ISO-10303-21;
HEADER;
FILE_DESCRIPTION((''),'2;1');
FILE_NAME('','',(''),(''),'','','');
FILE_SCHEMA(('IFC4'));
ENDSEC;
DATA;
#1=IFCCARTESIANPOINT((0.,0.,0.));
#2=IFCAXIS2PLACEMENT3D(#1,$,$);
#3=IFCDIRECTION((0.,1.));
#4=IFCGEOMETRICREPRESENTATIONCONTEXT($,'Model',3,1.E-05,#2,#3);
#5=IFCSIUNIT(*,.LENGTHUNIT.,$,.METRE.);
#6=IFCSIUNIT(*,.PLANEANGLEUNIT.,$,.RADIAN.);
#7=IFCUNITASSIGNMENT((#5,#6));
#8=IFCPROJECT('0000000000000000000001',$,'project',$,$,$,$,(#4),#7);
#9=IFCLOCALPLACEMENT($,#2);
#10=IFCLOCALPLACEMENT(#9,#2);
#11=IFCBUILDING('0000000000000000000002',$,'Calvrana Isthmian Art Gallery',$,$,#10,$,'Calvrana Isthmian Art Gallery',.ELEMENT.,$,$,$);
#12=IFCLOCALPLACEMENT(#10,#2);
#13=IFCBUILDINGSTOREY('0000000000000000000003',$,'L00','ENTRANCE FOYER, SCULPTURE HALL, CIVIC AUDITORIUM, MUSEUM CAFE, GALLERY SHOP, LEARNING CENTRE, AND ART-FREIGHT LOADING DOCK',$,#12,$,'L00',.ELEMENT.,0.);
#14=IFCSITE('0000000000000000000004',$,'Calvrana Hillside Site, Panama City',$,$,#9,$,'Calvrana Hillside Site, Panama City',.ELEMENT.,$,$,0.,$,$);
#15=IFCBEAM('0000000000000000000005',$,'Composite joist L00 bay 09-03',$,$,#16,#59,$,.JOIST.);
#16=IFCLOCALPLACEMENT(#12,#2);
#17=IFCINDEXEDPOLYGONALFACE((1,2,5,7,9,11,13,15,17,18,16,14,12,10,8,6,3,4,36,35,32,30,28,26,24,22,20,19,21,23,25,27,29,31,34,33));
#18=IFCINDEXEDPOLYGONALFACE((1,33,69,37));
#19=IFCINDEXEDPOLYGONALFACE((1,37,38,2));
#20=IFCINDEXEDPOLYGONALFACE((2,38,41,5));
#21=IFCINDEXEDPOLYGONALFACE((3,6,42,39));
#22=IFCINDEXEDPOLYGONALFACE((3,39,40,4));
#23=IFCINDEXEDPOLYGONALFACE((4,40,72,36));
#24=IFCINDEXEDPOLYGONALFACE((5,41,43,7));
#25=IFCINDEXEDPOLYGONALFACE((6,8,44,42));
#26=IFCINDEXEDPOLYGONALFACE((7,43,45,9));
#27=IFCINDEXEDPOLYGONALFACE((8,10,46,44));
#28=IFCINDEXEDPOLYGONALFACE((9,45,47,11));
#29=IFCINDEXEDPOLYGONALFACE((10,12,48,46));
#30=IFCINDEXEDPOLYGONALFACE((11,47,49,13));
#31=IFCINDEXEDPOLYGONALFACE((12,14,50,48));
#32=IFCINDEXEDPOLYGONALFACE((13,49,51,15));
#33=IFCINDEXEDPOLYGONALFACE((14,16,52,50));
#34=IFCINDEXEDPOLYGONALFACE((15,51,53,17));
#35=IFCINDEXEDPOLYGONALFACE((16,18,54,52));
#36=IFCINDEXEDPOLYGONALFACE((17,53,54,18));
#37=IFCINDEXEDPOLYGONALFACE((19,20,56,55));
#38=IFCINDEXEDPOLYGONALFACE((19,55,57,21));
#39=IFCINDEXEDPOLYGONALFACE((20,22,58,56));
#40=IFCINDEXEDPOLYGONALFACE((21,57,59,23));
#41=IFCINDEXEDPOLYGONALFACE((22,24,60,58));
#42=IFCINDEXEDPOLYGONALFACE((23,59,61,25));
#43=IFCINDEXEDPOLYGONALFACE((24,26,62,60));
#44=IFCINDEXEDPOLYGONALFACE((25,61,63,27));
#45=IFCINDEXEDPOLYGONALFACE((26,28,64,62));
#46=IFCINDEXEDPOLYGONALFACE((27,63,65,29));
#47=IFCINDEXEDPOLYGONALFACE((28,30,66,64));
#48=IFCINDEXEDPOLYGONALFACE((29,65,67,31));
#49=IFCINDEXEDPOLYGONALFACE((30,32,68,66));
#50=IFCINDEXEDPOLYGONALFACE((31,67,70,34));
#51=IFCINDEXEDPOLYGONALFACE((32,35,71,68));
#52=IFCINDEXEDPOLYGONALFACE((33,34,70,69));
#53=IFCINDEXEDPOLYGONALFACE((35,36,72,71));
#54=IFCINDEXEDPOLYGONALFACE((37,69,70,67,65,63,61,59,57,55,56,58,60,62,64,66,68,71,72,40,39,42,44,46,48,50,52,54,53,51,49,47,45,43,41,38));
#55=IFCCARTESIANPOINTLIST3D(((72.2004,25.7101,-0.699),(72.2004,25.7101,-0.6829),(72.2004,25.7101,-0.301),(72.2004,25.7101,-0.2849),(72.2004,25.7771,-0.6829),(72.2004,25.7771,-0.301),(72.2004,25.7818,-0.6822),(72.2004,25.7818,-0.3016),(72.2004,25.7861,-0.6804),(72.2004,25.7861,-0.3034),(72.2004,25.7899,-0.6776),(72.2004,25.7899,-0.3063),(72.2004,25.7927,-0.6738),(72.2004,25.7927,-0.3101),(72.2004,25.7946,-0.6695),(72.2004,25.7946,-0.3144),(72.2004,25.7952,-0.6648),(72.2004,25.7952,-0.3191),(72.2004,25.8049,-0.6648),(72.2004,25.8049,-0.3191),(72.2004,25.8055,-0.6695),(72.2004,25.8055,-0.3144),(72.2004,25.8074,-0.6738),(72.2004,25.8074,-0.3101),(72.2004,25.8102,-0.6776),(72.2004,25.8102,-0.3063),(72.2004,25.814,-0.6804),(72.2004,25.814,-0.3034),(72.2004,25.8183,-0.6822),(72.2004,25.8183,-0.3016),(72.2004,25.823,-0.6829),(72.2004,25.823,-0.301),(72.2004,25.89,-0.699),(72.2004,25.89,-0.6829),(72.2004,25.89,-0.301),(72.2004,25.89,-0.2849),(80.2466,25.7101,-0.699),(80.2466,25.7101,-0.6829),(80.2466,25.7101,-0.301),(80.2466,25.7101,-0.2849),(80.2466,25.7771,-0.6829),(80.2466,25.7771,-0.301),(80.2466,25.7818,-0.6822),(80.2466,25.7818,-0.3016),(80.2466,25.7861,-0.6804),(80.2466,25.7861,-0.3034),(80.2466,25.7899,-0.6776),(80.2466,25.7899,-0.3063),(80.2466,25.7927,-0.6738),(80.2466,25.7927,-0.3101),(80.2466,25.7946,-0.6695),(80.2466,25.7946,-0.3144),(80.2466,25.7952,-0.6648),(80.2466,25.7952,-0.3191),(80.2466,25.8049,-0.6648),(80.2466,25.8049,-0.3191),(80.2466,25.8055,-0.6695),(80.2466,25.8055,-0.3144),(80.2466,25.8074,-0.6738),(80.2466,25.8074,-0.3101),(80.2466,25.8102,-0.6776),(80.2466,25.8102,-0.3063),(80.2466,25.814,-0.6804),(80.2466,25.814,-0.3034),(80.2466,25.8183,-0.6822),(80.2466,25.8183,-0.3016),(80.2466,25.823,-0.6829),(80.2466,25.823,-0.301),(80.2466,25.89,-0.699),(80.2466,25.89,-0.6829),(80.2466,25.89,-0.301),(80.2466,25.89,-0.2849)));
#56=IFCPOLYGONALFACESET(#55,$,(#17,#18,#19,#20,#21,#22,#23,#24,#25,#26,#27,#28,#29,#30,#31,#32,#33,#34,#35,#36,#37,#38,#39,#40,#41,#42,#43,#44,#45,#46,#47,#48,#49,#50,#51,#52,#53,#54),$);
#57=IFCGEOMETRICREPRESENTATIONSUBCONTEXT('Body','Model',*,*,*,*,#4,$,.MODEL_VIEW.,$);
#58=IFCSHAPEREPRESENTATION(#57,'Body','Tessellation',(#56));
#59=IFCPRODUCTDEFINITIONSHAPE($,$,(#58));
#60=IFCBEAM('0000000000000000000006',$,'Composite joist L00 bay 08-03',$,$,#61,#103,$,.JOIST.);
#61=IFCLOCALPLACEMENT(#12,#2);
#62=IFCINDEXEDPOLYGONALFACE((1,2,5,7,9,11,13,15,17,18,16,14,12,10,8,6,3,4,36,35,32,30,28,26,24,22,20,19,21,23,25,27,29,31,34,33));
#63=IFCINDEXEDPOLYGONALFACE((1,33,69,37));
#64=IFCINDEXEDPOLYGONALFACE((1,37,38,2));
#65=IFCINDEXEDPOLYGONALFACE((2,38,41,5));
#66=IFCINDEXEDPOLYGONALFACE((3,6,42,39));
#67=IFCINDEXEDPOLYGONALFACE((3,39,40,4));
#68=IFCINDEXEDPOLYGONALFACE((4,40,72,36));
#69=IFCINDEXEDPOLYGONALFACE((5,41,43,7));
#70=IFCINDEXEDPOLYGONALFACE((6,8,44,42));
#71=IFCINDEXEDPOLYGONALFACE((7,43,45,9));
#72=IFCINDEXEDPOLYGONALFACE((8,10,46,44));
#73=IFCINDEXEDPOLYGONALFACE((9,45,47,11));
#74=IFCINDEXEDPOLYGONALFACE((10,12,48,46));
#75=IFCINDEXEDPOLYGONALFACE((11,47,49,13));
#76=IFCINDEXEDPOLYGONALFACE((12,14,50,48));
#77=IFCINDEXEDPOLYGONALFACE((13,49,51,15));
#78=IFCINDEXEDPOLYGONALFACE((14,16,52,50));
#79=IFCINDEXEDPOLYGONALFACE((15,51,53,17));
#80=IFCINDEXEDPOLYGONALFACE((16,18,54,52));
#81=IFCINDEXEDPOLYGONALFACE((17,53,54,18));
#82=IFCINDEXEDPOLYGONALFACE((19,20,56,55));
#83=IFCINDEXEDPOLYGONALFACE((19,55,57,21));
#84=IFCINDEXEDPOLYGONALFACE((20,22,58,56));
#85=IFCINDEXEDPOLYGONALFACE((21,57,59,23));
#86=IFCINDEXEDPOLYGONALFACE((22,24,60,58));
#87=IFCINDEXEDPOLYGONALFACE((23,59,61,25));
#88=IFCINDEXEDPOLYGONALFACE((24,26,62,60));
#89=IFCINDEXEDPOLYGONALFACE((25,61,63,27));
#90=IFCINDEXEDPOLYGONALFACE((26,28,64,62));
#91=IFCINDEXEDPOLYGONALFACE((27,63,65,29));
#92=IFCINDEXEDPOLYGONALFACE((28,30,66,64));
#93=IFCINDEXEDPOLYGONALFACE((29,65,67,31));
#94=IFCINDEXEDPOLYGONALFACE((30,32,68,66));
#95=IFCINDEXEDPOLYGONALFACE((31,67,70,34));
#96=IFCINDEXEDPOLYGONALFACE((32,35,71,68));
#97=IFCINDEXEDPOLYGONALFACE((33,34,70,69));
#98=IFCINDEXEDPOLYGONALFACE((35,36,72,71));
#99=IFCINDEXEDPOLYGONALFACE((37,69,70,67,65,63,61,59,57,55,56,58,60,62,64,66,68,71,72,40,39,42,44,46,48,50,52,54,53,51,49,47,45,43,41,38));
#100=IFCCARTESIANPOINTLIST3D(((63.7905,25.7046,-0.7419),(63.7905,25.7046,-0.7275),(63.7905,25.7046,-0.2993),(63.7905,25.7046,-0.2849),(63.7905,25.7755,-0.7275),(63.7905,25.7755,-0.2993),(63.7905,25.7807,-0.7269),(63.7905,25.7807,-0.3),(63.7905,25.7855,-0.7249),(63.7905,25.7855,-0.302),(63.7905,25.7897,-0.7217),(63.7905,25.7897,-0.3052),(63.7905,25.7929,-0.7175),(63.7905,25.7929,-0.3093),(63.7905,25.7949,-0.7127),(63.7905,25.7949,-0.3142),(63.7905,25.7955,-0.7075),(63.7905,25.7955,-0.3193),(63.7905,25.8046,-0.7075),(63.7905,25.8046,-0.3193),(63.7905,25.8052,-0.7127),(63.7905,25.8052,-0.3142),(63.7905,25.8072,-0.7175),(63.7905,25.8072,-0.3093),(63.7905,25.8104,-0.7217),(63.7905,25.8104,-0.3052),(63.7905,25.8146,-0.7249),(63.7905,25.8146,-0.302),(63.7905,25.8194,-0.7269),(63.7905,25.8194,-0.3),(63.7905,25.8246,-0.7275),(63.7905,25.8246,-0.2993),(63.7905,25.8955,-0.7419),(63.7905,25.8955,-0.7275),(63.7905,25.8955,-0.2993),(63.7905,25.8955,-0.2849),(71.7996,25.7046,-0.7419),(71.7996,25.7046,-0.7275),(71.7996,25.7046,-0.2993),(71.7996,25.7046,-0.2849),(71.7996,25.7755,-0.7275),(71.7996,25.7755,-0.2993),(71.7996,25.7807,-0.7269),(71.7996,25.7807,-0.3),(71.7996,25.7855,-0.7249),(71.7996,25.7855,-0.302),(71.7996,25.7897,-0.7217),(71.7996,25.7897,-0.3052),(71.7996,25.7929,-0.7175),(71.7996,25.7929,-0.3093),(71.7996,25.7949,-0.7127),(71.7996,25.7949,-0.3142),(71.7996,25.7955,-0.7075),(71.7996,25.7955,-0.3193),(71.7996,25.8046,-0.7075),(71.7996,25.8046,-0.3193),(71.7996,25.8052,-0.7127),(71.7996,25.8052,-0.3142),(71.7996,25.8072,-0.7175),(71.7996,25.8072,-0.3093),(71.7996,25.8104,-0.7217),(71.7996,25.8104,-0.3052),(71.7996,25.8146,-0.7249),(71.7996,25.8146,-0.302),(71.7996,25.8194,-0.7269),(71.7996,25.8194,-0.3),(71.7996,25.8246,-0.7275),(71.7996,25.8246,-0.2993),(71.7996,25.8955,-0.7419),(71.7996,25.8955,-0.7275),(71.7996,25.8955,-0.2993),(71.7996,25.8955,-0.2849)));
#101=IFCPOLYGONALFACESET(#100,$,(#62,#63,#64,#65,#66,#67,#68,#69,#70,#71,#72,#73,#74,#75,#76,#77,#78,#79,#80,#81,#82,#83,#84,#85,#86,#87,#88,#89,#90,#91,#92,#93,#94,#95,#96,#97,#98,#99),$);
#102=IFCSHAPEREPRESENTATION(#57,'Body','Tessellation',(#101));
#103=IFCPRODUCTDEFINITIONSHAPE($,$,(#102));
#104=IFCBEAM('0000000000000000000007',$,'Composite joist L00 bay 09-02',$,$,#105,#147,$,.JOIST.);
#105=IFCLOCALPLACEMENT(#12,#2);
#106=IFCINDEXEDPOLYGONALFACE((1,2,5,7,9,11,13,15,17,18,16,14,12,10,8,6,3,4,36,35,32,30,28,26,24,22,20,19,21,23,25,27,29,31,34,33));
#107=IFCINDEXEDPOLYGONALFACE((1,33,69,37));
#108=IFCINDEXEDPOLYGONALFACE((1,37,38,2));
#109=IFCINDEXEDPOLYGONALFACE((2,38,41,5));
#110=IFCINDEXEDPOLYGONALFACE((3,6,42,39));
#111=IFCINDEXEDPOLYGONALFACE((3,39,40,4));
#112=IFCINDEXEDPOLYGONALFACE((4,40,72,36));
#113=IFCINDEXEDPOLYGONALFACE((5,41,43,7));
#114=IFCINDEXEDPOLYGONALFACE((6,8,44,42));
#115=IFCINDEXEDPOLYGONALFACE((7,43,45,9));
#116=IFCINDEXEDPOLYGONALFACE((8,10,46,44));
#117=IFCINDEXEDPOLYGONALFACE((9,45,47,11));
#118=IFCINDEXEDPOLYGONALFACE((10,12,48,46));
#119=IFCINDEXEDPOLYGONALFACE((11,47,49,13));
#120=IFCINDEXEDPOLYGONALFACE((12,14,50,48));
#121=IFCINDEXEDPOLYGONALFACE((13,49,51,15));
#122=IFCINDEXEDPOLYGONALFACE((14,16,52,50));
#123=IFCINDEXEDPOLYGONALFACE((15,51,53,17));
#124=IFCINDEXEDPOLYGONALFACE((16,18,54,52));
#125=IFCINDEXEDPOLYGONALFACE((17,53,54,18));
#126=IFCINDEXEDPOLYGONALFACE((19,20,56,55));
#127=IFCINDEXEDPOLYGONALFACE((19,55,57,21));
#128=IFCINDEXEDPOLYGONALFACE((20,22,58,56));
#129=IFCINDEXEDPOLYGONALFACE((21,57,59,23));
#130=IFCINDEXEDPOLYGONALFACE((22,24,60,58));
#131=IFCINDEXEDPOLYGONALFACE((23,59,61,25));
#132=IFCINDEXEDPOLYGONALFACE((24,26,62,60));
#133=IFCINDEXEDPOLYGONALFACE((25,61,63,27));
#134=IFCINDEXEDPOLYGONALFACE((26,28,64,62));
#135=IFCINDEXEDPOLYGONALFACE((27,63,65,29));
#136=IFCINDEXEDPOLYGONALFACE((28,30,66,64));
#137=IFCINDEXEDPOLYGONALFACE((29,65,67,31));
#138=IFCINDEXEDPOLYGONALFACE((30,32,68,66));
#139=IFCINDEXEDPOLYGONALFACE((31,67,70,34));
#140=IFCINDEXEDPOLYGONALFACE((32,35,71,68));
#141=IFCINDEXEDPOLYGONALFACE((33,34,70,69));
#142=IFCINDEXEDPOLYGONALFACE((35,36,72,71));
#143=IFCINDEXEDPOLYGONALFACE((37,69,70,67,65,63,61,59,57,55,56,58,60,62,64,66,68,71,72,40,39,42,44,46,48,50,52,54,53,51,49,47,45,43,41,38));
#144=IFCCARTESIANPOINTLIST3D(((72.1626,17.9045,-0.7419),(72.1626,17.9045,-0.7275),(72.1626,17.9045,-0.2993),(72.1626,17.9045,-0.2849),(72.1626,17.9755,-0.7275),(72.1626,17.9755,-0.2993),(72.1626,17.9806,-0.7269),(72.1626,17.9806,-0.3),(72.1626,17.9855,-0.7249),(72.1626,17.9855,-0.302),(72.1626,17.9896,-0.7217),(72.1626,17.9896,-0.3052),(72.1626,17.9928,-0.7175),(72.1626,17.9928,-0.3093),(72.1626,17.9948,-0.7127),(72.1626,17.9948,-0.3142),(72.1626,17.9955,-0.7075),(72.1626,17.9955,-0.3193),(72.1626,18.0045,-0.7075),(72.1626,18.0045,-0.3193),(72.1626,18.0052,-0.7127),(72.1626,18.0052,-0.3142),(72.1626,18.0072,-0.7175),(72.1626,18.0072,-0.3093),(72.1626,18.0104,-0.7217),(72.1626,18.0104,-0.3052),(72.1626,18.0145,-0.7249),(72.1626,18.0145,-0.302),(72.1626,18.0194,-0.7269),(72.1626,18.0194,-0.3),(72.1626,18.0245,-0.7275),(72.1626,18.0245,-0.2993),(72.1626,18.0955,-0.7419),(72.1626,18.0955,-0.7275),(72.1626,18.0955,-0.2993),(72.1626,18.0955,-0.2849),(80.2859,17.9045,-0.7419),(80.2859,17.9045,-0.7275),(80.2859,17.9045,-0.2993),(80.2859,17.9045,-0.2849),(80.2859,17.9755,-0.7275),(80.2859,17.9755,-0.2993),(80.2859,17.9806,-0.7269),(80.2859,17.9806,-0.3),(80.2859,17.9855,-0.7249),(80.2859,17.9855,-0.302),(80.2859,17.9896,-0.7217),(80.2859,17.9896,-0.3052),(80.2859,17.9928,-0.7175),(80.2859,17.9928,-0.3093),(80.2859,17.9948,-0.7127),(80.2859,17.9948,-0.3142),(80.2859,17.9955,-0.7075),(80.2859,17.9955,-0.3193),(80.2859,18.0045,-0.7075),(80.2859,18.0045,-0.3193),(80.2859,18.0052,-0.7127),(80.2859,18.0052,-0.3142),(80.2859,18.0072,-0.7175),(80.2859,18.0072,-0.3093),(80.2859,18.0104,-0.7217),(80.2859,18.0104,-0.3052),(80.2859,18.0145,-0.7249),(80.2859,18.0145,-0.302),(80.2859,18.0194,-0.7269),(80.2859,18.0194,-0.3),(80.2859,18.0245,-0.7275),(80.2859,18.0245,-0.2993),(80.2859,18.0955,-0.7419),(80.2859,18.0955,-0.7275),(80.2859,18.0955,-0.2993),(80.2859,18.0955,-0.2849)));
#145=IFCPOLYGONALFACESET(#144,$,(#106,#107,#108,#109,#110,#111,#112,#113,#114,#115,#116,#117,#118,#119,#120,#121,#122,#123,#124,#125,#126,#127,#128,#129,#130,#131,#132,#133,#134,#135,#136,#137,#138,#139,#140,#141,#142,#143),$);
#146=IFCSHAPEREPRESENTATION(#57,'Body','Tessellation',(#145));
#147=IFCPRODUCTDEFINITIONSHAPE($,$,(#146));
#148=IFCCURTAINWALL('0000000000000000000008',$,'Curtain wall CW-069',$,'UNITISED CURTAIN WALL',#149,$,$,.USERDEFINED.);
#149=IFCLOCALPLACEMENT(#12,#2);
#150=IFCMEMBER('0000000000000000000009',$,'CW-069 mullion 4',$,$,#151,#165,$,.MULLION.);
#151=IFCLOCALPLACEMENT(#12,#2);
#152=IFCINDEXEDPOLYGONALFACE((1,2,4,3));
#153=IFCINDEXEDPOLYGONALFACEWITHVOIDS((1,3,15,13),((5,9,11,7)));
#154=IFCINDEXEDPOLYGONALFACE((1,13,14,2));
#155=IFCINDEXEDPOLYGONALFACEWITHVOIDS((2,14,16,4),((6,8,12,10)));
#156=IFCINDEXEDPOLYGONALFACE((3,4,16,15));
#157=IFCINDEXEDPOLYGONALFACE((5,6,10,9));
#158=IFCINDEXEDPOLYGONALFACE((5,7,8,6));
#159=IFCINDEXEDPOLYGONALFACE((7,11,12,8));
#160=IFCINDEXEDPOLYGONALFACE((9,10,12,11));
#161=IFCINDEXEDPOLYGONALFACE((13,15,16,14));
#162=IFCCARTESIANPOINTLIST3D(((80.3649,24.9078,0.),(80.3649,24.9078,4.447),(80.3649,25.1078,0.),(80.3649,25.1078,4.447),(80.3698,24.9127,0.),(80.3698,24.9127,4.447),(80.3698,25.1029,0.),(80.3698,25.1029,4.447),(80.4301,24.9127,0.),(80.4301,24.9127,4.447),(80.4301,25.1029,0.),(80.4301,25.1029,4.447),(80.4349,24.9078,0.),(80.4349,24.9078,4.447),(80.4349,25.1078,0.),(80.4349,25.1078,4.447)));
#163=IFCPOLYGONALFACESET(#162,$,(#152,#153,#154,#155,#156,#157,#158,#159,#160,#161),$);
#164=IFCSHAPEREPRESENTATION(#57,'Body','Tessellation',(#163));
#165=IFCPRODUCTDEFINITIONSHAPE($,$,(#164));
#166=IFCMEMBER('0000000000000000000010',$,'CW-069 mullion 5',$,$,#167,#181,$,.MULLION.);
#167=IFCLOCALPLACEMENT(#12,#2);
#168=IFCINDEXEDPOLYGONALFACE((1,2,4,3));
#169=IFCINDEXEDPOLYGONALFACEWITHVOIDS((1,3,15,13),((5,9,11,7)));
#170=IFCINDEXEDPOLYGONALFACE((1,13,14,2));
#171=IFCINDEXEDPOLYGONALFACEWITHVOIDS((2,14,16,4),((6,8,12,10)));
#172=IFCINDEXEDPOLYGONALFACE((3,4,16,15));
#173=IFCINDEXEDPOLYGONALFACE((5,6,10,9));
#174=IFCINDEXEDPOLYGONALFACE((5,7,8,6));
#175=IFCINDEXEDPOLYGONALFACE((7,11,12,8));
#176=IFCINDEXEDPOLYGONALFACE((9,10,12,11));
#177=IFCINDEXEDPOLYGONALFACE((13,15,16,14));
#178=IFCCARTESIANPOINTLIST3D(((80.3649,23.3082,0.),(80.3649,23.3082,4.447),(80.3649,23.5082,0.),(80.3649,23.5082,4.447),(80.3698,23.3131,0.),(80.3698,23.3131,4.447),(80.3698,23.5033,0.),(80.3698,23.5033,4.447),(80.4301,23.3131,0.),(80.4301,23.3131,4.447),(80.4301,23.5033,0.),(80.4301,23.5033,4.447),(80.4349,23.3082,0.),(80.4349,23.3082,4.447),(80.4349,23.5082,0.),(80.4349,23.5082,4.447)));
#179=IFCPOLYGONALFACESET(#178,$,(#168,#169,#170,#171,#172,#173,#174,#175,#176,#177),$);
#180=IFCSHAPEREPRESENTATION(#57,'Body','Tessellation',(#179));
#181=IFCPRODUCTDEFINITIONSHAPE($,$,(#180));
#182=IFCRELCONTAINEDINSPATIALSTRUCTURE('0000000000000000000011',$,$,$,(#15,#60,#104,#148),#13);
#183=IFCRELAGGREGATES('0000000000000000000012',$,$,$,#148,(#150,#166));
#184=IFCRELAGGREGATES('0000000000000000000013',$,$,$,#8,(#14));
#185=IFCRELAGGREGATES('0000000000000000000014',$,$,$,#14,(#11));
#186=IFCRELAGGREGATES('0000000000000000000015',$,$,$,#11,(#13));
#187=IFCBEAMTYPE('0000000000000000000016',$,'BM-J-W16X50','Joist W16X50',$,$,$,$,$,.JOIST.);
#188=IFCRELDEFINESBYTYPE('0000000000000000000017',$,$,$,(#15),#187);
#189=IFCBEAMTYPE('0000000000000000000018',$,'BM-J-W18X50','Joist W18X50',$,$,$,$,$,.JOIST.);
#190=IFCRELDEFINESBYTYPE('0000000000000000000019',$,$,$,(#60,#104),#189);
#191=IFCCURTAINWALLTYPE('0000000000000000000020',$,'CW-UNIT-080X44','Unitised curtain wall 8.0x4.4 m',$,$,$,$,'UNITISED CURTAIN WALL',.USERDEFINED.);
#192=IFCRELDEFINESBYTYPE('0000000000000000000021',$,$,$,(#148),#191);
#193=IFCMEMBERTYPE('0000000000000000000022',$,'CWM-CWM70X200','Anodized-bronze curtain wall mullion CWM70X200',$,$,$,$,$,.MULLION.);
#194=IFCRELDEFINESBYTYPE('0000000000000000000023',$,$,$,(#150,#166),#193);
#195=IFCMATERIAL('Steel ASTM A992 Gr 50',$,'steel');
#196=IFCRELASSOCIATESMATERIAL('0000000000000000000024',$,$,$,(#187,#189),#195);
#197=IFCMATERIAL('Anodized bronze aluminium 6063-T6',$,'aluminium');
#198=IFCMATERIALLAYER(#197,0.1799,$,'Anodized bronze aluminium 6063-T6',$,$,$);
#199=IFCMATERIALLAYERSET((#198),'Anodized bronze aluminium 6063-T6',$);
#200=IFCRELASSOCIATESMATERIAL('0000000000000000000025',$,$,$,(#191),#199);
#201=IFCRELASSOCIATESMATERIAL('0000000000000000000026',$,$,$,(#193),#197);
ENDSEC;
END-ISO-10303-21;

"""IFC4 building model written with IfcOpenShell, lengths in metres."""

from ifc_helpers import new_model, si_unit, direction, frame, origin, origin_2d, place, context, subcontext, project, spatial, hollow_rectangle, i_section, extrude, material, layer, layer_set, material_profile, profile_set, type_object, element, aggregate, save


model = new_model("IFC4")

# Units and contexts
model_context = context("Model", 3, precision=1e-05, world=origin(), true_north=direction((0.0, 1.0)))
body_context = subcontext(model_context, "Body", "Model", "MODEL_VIEW")
ifc_project = project(units=[si_unit("LENGTHUNIT", "METRE"), si_unit("PLANEANGLEUNIT", "RADIAN")], contexts=[model_context])

# Site, building, storey
site_placement = place(None, origin())
site = spatial("IfcSite", under=ifc_project, at=site_placement, Name="Calvrana Hillside Site, Panama City", LongName="Calvrana Hillside Site, Panama City", CompositionType="ELEMENT", RefElevation=0.0)
building_placement = place(site_placement, origin())
building = spatial("IfcBuilding", under=site, at=building_placement, Name="Calvrana Isthmian Art Gallery", LongName="Calvrana Isthmian Art Gallery", CompositionType="ELEMENT")
storey_placement = place(building_placement, origin())
storey = spatial("IfcBuildingStorey", under=building, at=storey_placement, Name="L00", Description="ENTRANCE FOYER, SCULPTURE HALL, CIVIC AUDITORIUM, MUSEUM CAFE, GALLERY SHOP, LEARNING CENTRE, AND ART-FREIGHT LOADING DOCK", LongName="L00", CompositionType="ELEMENT", Elevation=0.0)

# Shared definitions
ifc_material_1 = material(Name="Steel ASTM A992 Gr 50", Category="steel")

# Beams
ifc_material_profile_1 = material_profile(ifc_material_1, i_section(OverallWidth=0.1799, OverallDepth=0.4141, WebThickness=0.0098, FlangeThickness=0.0161, FilletRadius=0.0181, at=origin_2d()), Name="W16X50")
ifc_profile_set_1 = profile_set([ifc_material_profile_1], Name="Steel ASTM A992 Gr 50")
beam_type_1 = type_object("IfcBeamType", Name="BM-J-W16X50", Description="Joist W16X50", PredefinedType="JOIST", material=ifc_profile_set_1)
beam_1_placement = place(storey_placement, frame((72.2004, 25.8, -0.4919), z_axis=(1.0, 0.0, 0.0), x_axis=(0.0, 1.0, 0.0)))
element("IfcBeam", 1, at=beam_1_placement, inside=storey, type_object=beam_type_1, Name="Composite joist L00 bay 09-03", PredefinedType="JOIST", context=body_context, shape_type="SweptSolid", body=[
    extrude(i_section(OverallWidth=0.1799, OverallDepth=0.4141, WebThickness=0.0098, FlangeThickness=0.0161, FilletRadius=0.0181, at=origin_2d()), origin(), (0.0, 0.0, 1.0), 8.0461),
])
ifc_material_profile_2 = material_profile(ifc_material_1, i_section(OverallWidth=0.1909, OverallDepth=0.457, WebThickness=0.009, FlangeThickness=0.0144, FilletRadius=0.02, at=origin_2d()), Name="W18X50")
ifc_profile_set_2 = profile_set([ifc_material_profile_2], Name="Steel ASTM A992 Gr 50")
beam_type_2 = type_object("IfcBeamType", Name="BM-J-W18X50", Description="Joist W18X50", PredefinedType="JOIST", material=ifc_profile_set_2)
beam_2_placement = place(storey_placement, frame((63.7905, 25.8, -0.5134), z_axis=(1.0, 0.0, 0.0), x_axis=(0.0, 1.0, 0.0)))
element("IfcBeam", 2, at=beam_2_placement, inside=storey, type_object=beam_type_2, Name="Composite joist L00 bay 08-03", PredefinedType="JOIST", context=body_context, shape_type="SweptSolid", body=[
    extrude(i_section(OverallWidth=0.1909, OverallDepth=0.457, WebThickness=0.009, FlangeThickness=0.0144, FilletRadius=0.02, at=origin_2d()), origin(), (0.0, 0.0, 1.0), 8.009),
])
beam_3_placement = place(storey_placement, frame((72.1626, 18.0, -0.5134), z_axis=(1.0, 0.0, 0.0), x_axis=(0.0, 1.0, 0.0)))
element("IfcBeam", 3, at=beam_3_placement, inside=storey, type_object=beam_type_2, Name="Composite joist L00 bay 09-02", PredefinedType="JOIST", context=body_context, shape_type="SweptSolid", body=[
    extrude(i_section(OverallWidth=0.1909, OverallDepth=0.457, WebThickness=0.009, FlangeThickness=0.0144, FilletRadius=0.02, at=origin_2d()), origin(), (0.0, 0.0, 1.0), 8.1233),
])

# Curtain wall, members
ifc_material_2 = material(Name="Anodized bronze aluminium 6063-T6", Category="aluminium")
ifc_layer_1 = layer(ifc_material_2, 0.1799, Name="Anodized bronze aluminium 6063-T6")
ifc_layer_set_1 = layer_set([ifc_layer_1], Name="Anodized bronze aluminium 6063-T6")
curtain_wall_type_1 = type_object("IfcCurtainWallType", Name="CW-UNIT-080X44", Description="Unitised curtain wall 8.0x4.4 m", ElementType="UNITISED CURTAIN WALL", PredefinedType="USERDEFINED", material=ifc_layer_set_1)
curtain_wall_1_placement = place(storey_placement, origin())
curtain_wall_1 = element("IfcCurtainWall", 4, at=curtain_wall_1_placement, inside=storey, type_object=curtain_wall_type_1, Name="Curtain wall CW-069", ObjectType="UNITISED CURTAIN WALL", PredefinedType="USERDEFINED")
ifc_material_profile_3 = material_profile(ifc_material_2, hollow_rectangle(XDim=0.0701, YDim=0.2, WallThickness=0.0049, at=origin_2d()), Name="CWM70X200")
ifc_profile_set_3 = profile_set([ifc_material_profile_3], Name="Anodized bronze aluminium 6063-T6")
member_type_1 = type_object("IfcMemberType", Name="CWM-CWM70X200", Description="Anodized-bronze curtain wall mullion CWM70X200", PredefinedType="MULLION", material=ifc_profile_set_3)
member_1_placement = place(storey_placement, frame((80.3999, 25.0078, 0.0), z_axis=(0.0, 0.0, 1.0), x_axis=(1.0, 0.0, 0.0)))
member_1 = element("IfcMember", 5, at=member_1_placement, type_object=member_type_1, Name="CW-069 mullion 4", PredefinedType="MULLION", context=body_context, shape_type="SweptSolid", body=[
    extrude(hollow_rectangle(XDim=0.0701, YDim=0.2, WallThickness=0.0049, at=origin_2d()), origin(), (0.0, 0.0, 1.0), 4.447),
])
member_2_placement = place(storey_placement, frame((80.3999, 23.4082, 0.0), z_axis=(0.0, 0.0, 1.0), x_axis=(1.0, 0.0, 0.0)))
member_2 = element("IfcMember", 6, at=member_2_placement, type_object=member_type_1, Name="CW-069 mullion 5", PredefinedType="MULLION", context=body_context, shape_type="SweptSolid", body=[
    extrude(hollow_rectangle(XDim=0.0701, YDim=0.2, WallThickness=0.0049, at=origin_2d()), origin(), (0.0, 0.0, 1.0), 4.447),
])

aggregate(curtain_wall_1, [member_1, member_2])

save(model, "model.ifc")
